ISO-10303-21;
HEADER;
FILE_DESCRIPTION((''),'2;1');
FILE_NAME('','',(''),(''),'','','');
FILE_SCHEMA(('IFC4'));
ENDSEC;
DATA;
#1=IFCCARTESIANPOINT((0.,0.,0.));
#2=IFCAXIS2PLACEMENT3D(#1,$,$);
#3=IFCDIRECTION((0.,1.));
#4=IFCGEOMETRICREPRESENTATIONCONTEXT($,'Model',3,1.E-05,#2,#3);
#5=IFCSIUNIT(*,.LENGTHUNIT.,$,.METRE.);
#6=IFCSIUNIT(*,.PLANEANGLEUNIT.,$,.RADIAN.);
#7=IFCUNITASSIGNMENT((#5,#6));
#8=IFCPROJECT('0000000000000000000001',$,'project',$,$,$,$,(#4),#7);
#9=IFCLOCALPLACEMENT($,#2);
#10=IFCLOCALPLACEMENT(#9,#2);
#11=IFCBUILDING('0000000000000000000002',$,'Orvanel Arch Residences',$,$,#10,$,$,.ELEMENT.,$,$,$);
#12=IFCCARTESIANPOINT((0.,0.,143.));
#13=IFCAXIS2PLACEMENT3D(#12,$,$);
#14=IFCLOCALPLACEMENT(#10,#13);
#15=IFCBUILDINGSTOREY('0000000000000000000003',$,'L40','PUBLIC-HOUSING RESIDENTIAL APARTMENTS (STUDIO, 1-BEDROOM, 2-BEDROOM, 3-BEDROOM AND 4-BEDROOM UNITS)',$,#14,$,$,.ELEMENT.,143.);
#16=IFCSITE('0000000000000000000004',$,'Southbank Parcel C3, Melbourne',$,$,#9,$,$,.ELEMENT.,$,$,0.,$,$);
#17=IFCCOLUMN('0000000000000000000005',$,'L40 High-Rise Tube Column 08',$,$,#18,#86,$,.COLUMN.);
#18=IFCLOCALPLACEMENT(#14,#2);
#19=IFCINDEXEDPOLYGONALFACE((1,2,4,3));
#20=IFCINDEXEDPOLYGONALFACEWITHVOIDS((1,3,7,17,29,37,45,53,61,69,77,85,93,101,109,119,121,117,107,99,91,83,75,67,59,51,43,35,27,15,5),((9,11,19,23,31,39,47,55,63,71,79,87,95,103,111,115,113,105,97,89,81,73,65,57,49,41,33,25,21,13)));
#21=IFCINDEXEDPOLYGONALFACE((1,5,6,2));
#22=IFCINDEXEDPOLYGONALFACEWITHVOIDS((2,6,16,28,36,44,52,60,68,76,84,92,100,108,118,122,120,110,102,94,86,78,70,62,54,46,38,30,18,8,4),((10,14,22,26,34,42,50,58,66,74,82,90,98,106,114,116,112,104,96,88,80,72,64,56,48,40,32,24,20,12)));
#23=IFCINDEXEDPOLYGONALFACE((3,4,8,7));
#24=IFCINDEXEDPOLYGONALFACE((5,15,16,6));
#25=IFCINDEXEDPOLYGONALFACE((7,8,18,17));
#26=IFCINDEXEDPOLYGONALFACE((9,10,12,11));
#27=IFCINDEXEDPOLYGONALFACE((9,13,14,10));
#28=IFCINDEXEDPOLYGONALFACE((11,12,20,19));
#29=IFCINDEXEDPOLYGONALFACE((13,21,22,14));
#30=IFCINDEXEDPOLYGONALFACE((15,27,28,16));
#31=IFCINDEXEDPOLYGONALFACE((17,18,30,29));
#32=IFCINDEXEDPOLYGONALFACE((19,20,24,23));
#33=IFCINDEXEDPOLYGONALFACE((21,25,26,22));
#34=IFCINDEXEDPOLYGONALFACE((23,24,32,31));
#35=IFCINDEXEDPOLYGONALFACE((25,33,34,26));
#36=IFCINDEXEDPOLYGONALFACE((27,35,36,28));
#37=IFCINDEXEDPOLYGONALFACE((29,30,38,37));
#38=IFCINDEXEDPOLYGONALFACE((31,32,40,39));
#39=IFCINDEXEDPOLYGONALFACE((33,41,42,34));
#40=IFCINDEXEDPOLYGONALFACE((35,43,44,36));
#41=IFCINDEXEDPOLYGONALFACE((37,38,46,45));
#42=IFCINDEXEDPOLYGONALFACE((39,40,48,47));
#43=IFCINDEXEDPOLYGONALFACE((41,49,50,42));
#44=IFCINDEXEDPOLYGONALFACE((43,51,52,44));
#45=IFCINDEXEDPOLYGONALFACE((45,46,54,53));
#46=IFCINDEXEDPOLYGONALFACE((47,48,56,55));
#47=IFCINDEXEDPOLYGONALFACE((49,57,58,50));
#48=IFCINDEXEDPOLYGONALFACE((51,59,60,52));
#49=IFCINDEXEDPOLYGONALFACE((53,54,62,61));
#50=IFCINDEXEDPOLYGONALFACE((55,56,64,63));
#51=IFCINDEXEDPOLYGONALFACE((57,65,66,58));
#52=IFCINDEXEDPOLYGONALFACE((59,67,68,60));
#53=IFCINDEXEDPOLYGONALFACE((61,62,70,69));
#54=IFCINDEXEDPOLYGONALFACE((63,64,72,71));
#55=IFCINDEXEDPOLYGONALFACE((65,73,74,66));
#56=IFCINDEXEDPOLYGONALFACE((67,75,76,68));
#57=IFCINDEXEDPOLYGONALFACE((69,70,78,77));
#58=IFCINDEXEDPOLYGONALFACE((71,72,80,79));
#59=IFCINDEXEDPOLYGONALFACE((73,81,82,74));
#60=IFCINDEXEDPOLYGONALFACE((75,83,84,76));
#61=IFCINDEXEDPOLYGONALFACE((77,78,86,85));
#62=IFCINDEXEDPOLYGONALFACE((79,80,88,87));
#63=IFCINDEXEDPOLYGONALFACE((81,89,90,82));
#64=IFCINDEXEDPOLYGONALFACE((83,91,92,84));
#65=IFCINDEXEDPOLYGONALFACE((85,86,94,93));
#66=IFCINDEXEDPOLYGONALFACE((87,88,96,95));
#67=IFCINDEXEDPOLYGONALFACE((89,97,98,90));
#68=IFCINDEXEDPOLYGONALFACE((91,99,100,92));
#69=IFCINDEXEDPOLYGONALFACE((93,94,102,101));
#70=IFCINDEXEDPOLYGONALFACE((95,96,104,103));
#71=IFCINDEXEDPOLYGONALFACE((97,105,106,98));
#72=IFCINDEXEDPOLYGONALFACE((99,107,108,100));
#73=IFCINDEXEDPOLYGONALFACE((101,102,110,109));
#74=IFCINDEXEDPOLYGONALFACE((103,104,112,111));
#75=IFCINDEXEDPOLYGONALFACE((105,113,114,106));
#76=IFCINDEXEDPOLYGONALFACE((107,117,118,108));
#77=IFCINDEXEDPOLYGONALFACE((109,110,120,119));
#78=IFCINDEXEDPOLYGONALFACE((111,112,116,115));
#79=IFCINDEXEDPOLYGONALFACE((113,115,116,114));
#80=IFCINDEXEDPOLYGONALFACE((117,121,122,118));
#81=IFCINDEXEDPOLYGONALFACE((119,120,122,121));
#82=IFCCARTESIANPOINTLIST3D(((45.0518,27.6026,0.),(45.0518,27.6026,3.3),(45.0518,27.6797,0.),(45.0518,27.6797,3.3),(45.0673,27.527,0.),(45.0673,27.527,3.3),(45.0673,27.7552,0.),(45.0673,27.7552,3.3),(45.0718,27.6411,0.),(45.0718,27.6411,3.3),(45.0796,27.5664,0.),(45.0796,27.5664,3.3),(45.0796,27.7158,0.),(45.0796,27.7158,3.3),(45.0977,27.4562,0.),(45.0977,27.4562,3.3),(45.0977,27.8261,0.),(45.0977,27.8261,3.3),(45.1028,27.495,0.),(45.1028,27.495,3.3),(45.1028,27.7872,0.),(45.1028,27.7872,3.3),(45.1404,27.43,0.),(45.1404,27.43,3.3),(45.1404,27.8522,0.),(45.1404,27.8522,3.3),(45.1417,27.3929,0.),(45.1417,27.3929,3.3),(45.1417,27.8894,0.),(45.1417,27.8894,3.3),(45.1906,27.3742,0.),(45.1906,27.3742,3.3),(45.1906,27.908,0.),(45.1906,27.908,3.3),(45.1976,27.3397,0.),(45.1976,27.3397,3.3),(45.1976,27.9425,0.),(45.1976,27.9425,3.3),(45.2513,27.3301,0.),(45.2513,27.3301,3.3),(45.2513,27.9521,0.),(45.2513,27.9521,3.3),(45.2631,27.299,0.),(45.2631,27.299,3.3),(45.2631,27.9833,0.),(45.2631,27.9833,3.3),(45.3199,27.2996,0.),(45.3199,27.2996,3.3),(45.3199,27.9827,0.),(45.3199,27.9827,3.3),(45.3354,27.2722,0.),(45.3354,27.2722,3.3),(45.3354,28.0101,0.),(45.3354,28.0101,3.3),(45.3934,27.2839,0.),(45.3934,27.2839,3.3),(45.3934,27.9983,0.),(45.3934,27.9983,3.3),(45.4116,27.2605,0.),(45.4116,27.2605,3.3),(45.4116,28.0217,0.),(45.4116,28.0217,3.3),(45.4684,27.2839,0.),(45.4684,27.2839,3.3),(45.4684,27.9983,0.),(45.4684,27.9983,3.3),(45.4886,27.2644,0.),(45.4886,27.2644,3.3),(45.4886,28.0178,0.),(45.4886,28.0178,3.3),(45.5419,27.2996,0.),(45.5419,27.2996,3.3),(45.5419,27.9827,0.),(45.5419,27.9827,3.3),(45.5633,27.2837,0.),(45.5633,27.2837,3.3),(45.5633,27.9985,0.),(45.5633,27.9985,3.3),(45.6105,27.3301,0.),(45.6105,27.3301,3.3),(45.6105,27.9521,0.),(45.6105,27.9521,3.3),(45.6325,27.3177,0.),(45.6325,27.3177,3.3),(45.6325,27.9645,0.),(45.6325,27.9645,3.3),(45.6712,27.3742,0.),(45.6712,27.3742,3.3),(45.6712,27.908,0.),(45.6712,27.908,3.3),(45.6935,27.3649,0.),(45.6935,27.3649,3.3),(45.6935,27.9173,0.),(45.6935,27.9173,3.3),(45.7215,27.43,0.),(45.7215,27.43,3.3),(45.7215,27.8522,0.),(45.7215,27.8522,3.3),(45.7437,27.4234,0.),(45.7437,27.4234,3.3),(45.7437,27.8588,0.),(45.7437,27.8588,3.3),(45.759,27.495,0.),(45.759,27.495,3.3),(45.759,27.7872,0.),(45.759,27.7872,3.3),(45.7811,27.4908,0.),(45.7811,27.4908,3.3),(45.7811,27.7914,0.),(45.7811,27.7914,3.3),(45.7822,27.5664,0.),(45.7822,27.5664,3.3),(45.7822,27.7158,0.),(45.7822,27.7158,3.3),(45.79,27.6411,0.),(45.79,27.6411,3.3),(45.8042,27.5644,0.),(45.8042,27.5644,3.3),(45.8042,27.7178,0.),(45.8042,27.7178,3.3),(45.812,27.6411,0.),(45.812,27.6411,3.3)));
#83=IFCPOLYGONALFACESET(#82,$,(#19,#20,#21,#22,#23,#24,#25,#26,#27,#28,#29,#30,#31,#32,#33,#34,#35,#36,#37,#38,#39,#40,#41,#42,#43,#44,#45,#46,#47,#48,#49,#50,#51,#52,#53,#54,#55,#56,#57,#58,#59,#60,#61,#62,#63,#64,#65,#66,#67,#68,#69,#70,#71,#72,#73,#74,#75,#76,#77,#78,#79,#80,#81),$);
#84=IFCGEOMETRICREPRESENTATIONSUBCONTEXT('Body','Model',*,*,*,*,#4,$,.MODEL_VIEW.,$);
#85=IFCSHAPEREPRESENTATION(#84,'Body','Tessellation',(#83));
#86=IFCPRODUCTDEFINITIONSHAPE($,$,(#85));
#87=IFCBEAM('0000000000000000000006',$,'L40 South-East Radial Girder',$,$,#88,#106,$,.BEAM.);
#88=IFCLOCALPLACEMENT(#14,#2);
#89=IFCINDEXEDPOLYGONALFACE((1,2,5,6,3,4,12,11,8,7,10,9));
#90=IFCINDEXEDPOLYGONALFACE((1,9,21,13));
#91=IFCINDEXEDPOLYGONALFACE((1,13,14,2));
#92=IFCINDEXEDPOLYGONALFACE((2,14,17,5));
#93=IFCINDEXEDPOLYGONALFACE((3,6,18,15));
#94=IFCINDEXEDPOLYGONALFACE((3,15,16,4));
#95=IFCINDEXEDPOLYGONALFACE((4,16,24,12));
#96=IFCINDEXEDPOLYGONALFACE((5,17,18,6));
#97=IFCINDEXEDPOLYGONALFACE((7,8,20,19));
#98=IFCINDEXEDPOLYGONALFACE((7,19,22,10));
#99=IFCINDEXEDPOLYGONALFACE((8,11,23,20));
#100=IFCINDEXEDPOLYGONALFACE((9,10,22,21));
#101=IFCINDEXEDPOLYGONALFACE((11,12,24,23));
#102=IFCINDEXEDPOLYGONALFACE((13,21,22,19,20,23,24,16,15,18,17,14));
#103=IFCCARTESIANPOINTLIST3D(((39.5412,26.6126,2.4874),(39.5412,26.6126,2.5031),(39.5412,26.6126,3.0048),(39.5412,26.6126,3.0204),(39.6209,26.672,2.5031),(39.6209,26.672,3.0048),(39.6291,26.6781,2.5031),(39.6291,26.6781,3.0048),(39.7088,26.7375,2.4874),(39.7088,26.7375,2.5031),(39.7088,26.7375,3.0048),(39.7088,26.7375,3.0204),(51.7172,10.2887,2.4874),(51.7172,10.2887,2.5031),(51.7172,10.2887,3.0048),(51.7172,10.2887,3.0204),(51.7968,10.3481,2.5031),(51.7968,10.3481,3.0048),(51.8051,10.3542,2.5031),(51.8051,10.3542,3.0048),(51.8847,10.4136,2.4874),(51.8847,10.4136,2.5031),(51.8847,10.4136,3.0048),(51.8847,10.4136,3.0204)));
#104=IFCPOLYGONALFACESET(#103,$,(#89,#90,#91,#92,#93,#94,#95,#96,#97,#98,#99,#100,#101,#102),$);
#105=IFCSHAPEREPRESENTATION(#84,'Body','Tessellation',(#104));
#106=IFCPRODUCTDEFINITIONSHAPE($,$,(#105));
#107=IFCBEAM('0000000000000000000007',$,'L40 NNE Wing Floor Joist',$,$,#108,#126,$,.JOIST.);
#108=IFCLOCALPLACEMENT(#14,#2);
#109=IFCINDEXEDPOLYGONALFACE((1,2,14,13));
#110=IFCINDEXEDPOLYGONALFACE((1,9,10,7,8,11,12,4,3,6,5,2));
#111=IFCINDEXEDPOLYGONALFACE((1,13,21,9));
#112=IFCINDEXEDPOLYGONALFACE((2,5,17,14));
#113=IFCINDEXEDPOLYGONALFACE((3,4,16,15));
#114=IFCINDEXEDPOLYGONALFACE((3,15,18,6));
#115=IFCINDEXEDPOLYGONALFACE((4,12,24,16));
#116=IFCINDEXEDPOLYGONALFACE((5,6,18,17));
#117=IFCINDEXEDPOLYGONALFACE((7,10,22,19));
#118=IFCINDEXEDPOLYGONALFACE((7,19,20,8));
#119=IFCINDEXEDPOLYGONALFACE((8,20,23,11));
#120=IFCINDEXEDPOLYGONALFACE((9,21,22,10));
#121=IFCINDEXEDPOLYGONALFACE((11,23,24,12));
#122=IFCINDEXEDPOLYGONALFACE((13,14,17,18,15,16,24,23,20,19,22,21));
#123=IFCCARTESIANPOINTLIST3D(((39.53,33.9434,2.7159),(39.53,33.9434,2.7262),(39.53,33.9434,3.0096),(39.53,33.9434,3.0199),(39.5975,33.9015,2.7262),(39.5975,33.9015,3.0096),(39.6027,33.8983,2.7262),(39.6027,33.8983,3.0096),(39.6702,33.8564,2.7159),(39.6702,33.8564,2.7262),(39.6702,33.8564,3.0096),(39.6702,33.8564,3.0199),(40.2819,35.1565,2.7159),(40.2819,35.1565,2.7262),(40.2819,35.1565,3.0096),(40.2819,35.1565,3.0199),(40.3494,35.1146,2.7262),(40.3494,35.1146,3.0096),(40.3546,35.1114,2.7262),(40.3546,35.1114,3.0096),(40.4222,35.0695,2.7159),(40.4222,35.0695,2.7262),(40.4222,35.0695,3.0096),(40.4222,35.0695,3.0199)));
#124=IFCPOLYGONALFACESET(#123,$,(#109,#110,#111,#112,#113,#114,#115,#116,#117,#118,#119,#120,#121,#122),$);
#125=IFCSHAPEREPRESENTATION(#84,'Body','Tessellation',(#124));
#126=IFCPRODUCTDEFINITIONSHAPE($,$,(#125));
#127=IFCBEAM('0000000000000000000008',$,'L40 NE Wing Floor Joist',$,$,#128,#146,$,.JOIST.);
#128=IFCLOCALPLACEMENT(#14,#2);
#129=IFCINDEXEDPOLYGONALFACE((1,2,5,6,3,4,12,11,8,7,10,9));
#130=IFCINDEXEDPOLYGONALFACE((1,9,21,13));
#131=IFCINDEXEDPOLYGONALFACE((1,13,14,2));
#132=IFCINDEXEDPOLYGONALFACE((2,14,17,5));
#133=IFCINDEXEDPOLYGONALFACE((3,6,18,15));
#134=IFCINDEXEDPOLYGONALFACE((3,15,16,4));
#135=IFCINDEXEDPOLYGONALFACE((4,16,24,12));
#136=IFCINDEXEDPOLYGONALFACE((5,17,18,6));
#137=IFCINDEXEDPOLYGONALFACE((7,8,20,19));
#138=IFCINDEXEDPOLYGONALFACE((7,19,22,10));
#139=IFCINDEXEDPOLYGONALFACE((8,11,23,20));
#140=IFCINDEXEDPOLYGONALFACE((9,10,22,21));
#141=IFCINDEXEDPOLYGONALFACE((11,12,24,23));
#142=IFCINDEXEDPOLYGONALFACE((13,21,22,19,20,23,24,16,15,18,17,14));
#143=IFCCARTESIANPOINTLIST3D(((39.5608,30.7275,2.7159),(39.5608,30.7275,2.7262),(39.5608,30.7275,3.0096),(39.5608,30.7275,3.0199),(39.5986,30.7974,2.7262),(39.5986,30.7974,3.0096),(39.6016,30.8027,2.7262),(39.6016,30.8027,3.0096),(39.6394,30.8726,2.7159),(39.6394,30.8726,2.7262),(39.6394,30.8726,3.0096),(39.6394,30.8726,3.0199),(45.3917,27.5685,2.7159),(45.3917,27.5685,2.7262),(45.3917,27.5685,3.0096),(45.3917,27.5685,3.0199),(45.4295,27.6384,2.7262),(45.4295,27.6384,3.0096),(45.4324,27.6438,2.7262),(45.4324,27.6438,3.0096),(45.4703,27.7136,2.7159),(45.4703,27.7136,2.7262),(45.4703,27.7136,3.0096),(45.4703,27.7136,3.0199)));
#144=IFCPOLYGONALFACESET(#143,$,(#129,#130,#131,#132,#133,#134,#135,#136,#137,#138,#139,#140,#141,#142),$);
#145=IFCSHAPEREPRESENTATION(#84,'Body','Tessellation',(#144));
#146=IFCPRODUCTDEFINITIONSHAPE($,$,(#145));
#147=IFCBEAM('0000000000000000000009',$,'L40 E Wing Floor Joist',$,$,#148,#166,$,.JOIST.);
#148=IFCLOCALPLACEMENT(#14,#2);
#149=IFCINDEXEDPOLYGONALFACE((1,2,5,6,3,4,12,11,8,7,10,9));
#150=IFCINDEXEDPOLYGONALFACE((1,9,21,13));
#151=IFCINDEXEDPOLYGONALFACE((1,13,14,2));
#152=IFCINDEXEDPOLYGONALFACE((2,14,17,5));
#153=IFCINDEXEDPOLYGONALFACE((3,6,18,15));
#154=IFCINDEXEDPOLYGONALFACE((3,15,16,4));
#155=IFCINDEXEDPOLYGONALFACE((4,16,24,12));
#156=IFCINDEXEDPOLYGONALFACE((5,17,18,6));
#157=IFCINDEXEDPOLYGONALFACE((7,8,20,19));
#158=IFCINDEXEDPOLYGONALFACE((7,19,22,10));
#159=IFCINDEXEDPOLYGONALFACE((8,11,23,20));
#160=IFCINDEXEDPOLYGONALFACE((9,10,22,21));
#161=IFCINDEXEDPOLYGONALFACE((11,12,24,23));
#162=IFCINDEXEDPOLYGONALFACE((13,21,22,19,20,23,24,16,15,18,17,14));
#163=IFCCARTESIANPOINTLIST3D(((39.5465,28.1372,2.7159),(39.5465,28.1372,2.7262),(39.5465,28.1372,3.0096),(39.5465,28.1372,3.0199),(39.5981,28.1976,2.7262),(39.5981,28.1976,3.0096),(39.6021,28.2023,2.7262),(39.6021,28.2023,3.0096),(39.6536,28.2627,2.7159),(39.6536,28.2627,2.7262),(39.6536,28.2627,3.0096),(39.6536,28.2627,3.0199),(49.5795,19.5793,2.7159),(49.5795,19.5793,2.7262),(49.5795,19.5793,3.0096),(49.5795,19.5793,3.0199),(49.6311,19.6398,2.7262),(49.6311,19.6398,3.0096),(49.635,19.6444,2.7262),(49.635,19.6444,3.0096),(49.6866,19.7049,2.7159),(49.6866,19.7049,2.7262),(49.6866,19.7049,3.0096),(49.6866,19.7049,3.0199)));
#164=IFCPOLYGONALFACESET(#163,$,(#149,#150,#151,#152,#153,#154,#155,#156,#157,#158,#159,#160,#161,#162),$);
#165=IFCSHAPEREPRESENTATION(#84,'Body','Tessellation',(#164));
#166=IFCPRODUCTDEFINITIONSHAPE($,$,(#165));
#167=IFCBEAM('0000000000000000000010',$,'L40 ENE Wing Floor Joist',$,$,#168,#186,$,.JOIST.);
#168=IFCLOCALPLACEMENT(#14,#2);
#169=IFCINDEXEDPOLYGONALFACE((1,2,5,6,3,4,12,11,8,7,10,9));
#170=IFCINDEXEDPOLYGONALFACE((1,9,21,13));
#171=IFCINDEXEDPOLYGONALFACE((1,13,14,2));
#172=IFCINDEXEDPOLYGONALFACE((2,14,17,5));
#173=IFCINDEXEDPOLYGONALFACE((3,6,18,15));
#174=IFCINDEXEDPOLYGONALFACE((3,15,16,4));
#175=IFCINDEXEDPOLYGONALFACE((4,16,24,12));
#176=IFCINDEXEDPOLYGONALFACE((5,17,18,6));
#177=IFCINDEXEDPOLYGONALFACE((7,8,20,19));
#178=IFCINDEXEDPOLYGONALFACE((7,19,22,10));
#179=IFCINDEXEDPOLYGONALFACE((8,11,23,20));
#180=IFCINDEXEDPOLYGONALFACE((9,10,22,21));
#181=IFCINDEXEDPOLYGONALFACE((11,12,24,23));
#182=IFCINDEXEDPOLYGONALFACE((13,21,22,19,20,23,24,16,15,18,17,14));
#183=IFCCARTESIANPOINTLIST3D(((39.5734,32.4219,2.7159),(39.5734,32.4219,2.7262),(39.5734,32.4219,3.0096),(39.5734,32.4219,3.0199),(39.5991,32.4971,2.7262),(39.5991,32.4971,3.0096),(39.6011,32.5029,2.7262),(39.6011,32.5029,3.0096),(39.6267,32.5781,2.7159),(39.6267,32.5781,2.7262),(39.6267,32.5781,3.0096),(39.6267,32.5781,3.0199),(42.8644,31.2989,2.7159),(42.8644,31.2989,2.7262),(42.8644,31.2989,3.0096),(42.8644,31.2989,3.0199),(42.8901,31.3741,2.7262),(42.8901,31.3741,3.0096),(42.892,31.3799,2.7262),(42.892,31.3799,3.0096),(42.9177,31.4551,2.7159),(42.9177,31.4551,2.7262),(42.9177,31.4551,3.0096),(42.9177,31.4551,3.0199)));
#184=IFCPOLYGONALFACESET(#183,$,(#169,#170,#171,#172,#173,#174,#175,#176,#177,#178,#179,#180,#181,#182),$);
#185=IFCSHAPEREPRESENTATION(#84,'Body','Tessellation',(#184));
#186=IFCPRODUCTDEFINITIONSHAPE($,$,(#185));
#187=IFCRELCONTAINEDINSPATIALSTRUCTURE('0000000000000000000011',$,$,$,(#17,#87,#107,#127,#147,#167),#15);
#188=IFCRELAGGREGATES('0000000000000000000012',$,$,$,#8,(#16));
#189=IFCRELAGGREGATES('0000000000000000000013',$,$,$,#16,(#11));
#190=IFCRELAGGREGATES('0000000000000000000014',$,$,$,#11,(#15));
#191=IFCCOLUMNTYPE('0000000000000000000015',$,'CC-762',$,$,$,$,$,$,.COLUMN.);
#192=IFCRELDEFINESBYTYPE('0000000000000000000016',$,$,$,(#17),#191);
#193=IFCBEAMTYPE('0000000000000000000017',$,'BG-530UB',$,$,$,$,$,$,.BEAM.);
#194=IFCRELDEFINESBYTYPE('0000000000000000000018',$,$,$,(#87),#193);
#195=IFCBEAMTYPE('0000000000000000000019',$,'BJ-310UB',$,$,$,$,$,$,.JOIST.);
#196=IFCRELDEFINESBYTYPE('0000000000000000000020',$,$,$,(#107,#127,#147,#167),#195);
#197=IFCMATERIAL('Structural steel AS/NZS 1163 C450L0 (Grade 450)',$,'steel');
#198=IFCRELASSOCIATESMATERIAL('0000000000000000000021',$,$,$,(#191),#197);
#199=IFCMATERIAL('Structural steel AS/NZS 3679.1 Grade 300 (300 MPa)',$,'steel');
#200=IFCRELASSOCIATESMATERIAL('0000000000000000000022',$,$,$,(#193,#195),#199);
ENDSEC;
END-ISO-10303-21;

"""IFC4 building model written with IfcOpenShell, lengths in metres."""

from ifc_helpers import new_model, si_unit, direction, frame, origin, origin_2d, place, context, subcontext, project, spatial, hollow_circle, i_section, extrude, material, material_profile, profile_set, type_object, element, save


model = new_model("IFC4")

# Units and contexts
model_context = context("Model", 3, precision=1e-05, world=origin(), true_north=direction((0.0, 1.0)))
body_context = subcontext(model_context, "Body", "Model", "MODEL_VIEW")
ifc_project = project(units=[si_unit("LENGTHUNIT", "METRE"), si_unit("PLANEANGLEUNIT", "RADIAN")], contexts=[model_context])

# Site, building, storey
site_placement = place(None, origin())
site = spatial("IfcSite", under=ifc_project, at=site_placement, Name="Southbank Parcel C3, Melbourne", CompositionType="ELEMENT", RefElevation=0.0)
building_placement = place(site_placement, origin())
building = spatial("IfcBuilding", under=site, at=building_placement, Name="Orvanel Arch Residences", CompositionType="ELEMENT")
storey_placement = place(building_placement, frame((0.0, 0.0, 143.0)))
storey = spatial("IfcBuildingStorey", under=building, at=storey_placement, Name="L40", Description="PUBLIC-HOUSING RESIDENTIAL APARTMENTS (STUDIO, 1-BEDROOM, 2-BEDROOM, 3-BEDROOM AND 4-BEDROOM UNITS)", CompositionType="ELEMENT", Elevation=143.0)

# Column
ifc_material_1 = material(Name="Structural steel AS/NZS 1163 C450L0 (Grade 450)", Category="steel")
ifc_material_profile_1 = material_profile(ifc_material_1, hollow_circle(Radius=0.3811, WallThickness=0.022, at=origin_2d()), Name="CHS762x22")
ifc_profile_set_1 = profile_set([ifc_material_profile_1], Name="Structural steel AS/NZS 1163 C450L0 (Grade 450)")
column_type = type_object("IfcColumnType", Name="CC-762", PredefinedType="COLUMN", material=ifc_profile_set_1)
column_placement = place(storey_placement, frame((45.4309, 27.6411, 0.0), z_axis=(0.0, 0.0, 1.0), x_axis=(1.0, 0.0, 0.0)))
element("IfcColumn", 1, at=column_placement, inside=storey, type_object=column_type, Name="L40 High-Rise Tube Column 08", PredefinedType="COLUMN", context=body_context, shape_type="SweptSolid", body=[
    extrude(hollow_circle(Radius=0.3811, WallThickness=0.022, at=origin_2d()), origin(), (0.0, 0.0, 1.0), 3.3),
])

# Beams
ifc_material_2 = material(Name="Structural steel AS/NZS 3679.1 Grade 300 (300 MPa)", Category="steel")
ifc_material_profile_2 = material_profile(ifc_material_2, i_section(OverallWidth=0.209, OverallDepth=0.533, WebThickness=0.0103, FlangeThickness=0.0156, at=origin_2d()), Name="530UB92.4")
ifc_profile_set_2 = profile_set([ifc_material_profile_2], Name="Structural steel AS/NZS 3679.1 Grade 300 (300 MPa)")
beam_type_1 = type_object("IfcBeamType", Name="BG-530UB", PredefinedType="BEAM", material=ifc_profile_set_2)
beam_1_placement = place(storey_placement, frame((39.625, 26.675, 2.7539), z_axis=(0.597894, -0.801575, 0.0), x_axis=(0.801575, 0.597894, 0.0)))
element("IfcBeam", 2, at=beam_1_placement, inside=storey, type_object=beam_type_1, Name="L40 South-East Radial Girder", PredefinedType="BEAM", context=body_context, shape_type="SweptSolid", body=[
    extrude(i_section(OverallWidth=0.209, OverallDepth=0.533, WebThickness=0.0103, FlangeThickness=0.0156, at=origin_2d()), origin(), (0.0, 0.0, 1.0), 20.3647),
])
ifc_material_profile_3 = material_profile(ifc_material_2, i_section(OverallWidth=0.165, OverallDepth=0.304, WebThickness=0.0061, FlangeThickness=0.0103, at=origin_2d()), Name="310UB40.4")
ifc_profile_set_3 = profile_set([ifc_material_profile_3], Name="Structural steel AS/NZS 3679.1 Grade 300 (300 MPa)")
beam_type_2 = type_object("IfcBeamType", Name="BJ-310UB", PredefinedType="JOIST", material=ifc_profile_set_3)
beam_2_placement = place(storey_placement, frame((39.6001, 33.8999, 2.8679), z_axis=(0.526843, 0.849962, 0.0), x_axis=(-0.849962, 0.526843, 0.0)))
element("IfcBeam", 3, at=beam_2_placement, inside=storey, type_object=beam_type_2, Name="L40 NNE Wing Floor Joist", PredefinedType="JOIST", context=body_context, shape_type="SweptSolid", body=[
    extrude(i_section(OverallWidth=0.165, OverallDepth=0.304, WebThickness=0.0061, FlangeThickness=0.0103, at=origin_2d()), origin(), (0.0, 0.0, 1.0), 1.4272),
])
beam_3_placement = place(storey_placement, frame((39.6001, 30.8, 2.8679), z_axis=(0.879255, -0.476351, 0.0), x_axis=(0.476351, 0.879255, 0.0)))
element("IfcBeam", 4, at=beam_3_placement, inside=storey, type_object=beam_type_2, Name="L40 NE Wing Floor Joist", PredefinedType="JOIST", context=body_context, shape_type="SweptSolid", body=[
    extrude(i_section(OverallWidth=0.165, OverallDepth=0.304, WebThickness=0.0061, FlangeThickness=0.0103, at=origin_2d()), origin(), (0.0, 0.0, 1.0), 6.6316),
])
beam_4_placement = place(storey_placement, frame((39.6001, 28.2, 2.8679), z_axis=(0.760821, -0.648961, 0.0), x_axis=(0.648961, 0.760821, 0.0)))
element("IfcBeam", 5, at=beam_4_placement, inside=storey, type_object=beam_type_2, Name="L40 E Wing Floor Joist", PredefinedType="JOIST", context=body_context, shape_type="SweptSolid", body=[
    extrude(i_section(OverallWidth=0.165, OverallDepth=0.304, WebThickness=0.0061, FlangeThickness=0.0103, at=origin_2d()), origin(), (0.0, 0.0, 1.0), 13.187),
])
beam_5_placement = place(storey_placement, frame((39.6001, 32.5, 2.8679), z_axis=(0.946413, -0.32296, 0.0), x_axis=(0.32296, 0.946413, 0.0)))
element("IfcBeam", 6, at=beam_5_placement, inside=storey, type_object=beam_type_2, Name="L40 ENE Wing Floor Joist", PredefinedType="JOIST", context=body_context, shape_type="SweptSolid", body=[
    extrude(i_section(OverallWidth=0.165, OverallDepth=0.304, WebThickness=0.0061, FlangeThickness=0.0103, at=origin_2d()), origin(), (0.0, 0.0, 1.0), 3.4773),
])

save(model, "model.ifc")
